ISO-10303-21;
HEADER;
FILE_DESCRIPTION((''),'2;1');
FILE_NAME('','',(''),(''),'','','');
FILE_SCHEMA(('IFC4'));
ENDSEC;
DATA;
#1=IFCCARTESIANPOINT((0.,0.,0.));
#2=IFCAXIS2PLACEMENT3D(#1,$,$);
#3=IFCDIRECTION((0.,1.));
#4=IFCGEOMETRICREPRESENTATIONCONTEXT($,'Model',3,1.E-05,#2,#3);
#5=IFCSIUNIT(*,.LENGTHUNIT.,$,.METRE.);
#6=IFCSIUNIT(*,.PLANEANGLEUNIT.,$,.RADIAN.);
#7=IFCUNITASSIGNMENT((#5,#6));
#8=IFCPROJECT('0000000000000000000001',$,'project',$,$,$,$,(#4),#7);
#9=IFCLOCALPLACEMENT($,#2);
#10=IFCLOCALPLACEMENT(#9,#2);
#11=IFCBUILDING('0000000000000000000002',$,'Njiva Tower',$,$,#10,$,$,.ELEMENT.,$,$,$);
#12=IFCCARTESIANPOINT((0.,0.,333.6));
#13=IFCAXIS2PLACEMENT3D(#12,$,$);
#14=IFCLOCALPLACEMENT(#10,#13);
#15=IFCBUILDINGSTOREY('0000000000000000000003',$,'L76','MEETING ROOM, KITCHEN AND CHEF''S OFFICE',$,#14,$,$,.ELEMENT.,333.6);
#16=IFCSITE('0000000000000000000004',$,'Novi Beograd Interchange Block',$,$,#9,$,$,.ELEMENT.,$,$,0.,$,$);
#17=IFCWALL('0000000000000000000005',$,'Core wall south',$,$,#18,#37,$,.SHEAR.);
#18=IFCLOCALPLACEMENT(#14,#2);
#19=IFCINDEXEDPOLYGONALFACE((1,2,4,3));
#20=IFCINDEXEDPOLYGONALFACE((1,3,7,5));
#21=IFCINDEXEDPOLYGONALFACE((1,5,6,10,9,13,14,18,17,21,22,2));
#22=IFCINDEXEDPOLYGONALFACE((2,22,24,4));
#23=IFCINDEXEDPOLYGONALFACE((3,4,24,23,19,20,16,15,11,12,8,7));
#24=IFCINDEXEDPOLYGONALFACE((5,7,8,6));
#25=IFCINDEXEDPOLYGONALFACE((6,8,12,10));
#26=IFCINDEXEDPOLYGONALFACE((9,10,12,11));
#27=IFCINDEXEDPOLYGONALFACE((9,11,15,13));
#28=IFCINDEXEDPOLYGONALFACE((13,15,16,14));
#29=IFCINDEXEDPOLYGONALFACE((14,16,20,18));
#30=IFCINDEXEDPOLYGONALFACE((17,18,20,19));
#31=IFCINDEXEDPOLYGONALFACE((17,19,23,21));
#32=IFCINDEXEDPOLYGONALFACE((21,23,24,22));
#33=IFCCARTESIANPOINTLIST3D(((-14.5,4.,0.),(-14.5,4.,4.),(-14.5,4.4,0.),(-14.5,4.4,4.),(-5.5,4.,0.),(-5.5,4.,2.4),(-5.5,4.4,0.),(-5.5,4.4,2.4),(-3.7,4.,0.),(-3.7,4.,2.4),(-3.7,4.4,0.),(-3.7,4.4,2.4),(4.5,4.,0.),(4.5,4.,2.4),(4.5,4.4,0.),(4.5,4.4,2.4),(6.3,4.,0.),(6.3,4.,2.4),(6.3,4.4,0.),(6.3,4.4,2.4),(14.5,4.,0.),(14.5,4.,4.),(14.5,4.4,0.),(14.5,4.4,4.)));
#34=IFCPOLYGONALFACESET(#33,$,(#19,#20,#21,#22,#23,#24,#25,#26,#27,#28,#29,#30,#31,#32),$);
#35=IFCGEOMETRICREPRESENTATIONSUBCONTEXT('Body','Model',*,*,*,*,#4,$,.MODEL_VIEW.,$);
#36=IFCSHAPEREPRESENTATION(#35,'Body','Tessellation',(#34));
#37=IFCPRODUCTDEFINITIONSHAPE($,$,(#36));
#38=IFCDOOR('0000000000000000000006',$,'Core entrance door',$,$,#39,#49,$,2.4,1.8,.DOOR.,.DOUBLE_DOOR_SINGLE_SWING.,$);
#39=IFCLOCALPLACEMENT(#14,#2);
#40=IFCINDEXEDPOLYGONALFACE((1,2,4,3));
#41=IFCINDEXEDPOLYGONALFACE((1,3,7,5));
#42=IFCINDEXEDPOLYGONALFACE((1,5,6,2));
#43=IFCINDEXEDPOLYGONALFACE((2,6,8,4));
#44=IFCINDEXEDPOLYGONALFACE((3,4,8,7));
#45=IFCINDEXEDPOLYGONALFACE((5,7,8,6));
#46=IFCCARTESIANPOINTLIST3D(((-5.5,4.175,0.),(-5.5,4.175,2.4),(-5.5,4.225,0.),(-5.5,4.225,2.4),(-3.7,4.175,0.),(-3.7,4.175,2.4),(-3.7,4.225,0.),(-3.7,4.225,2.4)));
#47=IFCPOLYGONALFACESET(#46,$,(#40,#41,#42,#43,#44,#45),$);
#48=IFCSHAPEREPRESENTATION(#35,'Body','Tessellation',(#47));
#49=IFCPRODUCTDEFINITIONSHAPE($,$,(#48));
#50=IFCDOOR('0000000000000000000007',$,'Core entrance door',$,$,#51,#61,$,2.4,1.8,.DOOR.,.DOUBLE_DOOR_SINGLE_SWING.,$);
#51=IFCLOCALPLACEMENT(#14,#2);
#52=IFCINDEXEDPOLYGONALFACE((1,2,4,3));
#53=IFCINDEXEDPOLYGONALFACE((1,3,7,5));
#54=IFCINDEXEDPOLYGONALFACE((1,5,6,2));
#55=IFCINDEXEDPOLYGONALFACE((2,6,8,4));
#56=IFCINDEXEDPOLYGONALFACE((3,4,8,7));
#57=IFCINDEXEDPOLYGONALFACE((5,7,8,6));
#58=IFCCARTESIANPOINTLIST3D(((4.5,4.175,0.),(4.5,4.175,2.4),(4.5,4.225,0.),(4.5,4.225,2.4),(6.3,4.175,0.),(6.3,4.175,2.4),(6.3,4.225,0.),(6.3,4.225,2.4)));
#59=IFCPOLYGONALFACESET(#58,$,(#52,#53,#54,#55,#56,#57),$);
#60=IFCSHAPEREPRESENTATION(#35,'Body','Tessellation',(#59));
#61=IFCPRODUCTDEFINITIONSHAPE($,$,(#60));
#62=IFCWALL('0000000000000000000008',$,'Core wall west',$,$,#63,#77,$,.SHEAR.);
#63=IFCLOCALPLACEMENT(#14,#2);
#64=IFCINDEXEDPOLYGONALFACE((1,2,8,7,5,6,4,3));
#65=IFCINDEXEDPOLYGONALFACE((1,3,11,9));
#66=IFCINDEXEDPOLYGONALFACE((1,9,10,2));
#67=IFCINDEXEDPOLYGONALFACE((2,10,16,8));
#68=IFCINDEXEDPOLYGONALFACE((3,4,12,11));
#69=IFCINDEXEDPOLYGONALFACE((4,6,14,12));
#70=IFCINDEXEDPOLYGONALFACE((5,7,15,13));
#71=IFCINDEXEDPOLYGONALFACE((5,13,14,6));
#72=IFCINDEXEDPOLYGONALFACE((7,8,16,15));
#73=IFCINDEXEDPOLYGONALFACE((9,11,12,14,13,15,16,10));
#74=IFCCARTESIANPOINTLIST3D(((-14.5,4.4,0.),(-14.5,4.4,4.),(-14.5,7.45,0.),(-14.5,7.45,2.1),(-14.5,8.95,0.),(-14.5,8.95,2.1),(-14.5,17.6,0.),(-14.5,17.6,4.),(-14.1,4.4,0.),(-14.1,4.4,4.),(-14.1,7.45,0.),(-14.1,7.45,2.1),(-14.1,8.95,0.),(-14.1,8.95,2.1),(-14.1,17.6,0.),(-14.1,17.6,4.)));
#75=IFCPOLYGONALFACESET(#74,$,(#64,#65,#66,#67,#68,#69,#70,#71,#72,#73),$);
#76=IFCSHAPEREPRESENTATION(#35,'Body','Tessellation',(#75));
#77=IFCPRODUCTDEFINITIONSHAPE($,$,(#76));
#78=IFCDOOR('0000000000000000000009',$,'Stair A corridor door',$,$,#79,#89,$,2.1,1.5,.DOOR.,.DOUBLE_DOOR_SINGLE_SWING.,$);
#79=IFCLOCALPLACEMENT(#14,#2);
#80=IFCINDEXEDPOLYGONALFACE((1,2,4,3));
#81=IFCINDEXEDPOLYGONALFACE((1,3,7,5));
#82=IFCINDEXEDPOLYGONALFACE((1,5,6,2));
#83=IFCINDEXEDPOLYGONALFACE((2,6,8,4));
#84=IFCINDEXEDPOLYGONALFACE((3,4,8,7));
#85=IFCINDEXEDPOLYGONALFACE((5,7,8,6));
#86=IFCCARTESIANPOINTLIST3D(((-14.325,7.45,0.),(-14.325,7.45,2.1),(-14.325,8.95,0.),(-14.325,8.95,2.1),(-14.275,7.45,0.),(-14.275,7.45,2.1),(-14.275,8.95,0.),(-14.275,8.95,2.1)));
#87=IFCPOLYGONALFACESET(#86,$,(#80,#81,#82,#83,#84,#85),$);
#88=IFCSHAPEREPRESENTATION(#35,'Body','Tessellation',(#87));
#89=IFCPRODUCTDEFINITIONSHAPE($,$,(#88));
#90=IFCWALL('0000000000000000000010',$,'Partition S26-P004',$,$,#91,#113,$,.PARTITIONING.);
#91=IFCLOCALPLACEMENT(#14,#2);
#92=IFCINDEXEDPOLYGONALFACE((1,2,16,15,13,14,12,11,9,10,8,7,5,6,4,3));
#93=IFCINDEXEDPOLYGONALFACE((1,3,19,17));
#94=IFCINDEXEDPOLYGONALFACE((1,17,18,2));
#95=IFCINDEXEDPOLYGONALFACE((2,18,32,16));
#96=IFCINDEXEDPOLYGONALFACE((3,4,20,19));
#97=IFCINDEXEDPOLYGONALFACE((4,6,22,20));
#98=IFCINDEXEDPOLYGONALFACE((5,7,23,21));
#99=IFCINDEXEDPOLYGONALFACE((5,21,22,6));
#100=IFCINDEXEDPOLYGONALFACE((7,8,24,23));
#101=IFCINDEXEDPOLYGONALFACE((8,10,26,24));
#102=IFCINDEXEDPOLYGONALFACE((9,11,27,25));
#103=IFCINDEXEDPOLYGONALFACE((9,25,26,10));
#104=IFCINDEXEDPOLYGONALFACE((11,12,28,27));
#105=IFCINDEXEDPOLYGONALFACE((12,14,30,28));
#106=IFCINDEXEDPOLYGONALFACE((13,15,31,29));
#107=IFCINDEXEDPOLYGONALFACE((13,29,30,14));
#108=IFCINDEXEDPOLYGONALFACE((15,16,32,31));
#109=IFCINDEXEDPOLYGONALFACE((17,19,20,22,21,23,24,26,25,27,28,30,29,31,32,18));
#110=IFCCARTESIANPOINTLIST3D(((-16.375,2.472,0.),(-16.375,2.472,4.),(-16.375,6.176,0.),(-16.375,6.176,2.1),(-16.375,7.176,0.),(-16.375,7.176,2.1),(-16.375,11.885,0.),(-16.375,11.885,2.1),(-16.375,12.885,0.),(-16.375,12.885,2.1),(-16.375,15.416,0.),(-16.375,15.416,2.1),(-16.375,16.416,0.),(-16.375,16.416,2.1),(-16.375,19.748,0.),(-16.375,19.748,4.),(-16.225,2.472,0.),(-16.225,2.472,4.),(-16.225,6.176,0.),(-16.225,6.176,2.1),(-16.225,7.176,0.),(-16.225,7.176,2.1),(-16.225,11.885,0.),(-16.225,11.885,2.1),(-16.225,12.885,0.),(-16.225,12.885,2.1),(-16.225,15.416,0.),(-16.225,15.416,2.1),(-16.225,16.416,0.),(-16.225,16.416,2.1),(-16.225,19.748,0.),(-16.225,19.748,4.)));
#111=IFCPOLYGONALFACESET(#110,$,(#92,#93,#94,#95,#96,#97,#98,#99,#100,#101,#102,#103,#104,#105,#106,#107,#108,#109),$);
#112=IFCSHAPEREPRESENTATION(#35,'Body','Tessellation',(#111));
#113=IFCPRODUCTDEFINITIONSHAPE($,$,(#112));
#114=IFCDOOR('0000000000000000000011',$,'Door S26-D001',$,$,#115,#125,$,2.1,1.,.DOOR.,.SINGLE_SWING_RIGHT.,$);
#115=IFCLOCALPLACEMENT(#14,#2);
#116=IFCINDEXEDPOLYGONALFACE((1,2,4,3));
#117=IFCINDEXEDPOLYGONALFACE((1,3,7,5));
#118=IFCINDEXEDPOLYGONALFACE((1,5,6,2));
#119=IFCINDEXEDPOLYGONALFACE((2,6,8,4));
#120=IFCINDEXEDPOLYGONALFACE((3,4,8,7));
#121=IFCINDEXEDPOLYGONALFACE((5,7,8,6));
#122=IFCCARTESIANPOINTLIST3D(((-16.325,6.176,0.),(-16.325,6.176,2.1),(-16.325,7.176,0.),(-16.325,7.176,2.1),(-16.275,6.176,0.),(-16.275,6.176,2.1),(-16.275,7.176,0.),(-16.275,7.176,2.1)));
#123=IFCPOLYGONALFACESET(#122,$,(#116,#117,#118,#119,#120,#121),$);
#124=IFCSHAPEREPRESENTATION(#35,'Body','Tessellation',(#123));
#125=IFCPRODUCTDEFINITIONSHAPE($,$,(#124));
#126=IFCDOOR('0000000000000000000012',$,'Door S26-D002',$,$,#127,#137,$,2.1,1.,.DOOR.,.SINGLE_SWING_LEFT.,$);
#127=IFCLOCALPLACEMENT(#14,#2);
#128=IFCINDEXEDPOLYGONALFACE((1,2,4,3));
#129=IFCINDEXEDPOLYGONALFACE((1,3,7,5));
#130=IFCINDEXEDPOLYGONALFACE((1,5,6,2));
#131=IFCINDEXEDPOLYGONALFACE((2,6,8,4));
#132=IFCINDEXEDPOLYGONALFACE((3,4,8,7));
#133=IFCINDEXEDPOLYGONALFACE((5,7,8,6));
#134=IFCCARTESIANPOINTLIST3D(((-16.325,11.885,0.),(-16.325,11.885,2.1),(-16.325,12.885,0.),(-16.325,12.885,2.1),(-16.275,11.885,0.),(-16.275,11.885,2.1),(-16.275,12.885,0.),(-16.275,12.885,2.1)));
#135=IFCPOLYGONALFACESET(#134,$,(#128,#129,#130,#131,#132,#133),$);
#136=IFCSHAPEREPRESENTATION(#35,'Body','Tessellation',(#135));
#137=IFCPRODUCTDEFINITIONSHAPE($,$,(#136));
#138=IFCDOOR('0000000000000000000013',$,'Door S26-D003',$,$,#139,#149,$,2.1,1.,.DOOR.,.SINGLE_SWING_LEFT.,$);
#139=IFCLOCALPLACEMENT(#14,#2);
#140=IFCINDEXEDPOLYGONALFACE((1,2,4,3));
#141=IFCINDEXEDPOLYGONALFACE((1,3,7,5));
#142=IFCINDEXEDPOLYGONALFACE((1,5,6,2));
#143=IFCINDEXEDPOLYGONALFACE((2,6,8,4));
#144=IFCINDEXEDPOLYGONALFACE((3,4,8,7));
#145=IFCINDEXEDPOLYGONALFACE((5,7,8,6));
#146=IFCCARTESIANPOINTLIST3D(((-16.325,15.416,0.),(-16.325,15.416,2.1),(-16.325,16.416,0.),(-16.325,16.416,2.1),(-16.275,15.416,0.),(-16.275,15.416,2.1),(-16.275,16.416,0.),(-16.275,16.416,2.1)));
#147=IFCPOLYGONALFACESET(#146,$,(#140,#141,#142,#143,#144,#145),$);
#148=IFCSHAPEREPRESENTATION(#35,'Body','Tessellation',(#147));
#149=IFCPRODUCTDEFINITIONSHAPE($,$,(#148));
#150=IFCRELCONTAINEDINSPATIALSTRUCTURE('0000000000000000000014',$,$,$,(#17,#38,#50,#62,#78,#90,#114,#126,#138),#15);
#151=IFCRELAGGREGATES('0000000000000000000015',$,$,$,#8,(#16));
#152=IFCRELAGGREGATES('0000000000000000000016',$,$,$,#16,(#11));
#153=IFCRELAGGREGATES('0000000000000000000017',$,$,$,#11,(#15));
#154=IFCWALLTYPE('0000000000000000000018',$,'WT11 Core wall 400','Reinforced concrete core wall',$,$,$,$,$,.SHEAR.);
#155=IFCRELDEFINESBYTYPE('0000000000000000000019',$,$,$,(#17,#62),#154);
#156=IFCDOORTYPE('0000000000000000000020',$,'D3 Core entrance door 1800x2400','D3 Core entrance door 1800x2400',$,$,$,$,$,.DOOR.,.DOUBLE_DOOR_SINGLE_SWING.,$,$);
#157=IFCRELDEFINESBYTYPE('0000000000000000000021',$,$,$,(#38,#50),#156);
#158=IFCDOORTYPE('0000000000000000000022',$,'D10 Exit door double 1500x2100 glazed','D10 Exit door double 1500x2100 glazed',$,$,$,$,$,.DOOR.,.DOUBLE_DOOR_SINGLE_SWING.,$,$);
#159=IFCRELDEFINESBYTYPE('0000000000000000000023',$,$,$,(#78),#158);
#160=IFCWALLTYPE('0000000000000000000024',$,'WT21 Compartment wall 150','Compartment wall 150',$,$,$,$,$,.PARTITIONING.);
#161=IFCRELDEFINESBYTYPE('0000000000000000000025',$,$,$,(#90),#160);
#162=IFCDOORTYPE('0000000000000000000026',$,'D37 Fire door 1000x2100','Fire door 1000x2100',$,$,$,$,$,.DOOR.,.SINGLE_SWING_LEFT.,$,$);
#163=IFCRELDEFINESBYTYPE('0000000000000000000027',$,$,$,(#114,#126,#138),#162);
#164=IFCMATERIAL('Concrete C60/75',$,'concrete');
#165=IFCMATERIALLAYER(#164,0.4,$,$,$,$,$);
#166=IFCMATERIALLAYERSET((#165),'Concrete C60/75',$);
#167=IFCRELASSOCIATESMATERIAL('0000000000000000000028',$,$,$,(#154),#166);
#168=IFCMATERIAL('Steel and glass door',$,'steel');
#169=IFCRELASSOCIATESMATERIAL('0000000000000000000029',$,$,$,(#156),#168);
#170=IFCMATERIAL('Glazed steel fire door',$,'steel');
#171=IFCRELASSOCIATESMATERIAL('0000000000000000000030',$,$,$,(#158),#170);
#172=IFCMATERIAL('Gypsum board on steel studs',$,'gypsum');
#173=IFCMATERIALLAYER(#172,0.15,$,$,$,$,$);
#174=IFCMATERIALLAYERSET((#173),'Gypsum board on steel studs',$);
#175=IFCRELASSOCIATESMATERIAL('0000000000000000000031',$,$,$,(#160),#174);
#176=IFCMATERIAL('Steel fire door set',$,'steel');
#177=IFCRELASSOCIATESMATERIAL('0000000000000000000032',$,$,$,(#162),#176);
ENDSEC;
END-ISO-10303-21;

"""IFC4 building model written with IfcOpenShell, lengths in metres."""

from ifc_helpers import new_model, si_unit, direction, frame, frame_2d, origin, place, context, subcontext, project, spatial, rectangle, extrude, material, layer, layer_set, type_object, element, fill, save


model = new_model("IFC4")

# Units and contexts
model_context = context("Model", 3, precision=1e-05, world=origin(), true_north=direction((0.0, 1.0)))
body_context = subcontext(model_context, "Body", "Model", "MODEL_VIEW")
ifc_project = project(units=[si_unit("LENGTHUNIT", "METRE"), si_unit("PLANEANGLEUNIT", "RADIAN")], contexts=[model_context])

# Site, building, storey
site_placement = place(None, origin())
site = spatial("IfcSite", under=ifc_project, at=site_placement, Name="Novi Beograd Interchange Block", CompositionType="ELEMENT", RefElevation=0.0)
building_placement = place(site_placement, origin())
building = spatial("IfcBuilding", under=site, at=building_placement, Name="Njiva Tower", CompositionType="ELEMENT")
storey_placement = place(building_placement, frame((0.0, 0.0, 333.6)))
storey = spatial("IfcBuildingStorey", under=building, at=storey_placement, Name="L76", Description="MEETING ROOM, KITCHEN AND CHEF'S OFFICE", CompositionType="ELEMENT", Elevation=333.6)

# Wall, openings, doors
ifc_material_1 = material(Name="Concrete C60/75", Category="concrete")
ifc_layer_1 = layer(ifc_material_1, 0.4)
ifc_layer_set_1 = layer_set([ifc_layer_1], Name="Concrete C60/75")
wall_type_1 = type_object("IfcWallType", Name="WT11 Core wall 400", Description="Reinforced concrete core wall", PredefinedType="SHEAR", material=ifc_layer_set_1)
wall_1_placement = place(storey_placement, frame((-14.5, 4.2, 0.0), z_axis=(0.0, 0.0, 1.0), x_axis=(1.0, 0.0, 0.0)))
wall_1 = element("IfcWall", 1, at=wall_1_placement, inside=storey, type_object=wall_type_1, Name="Core wall south", PredefinedType="SHEAR", context=body_context, shape_type="SweptSolid", body=[
    extrude(rectangle(XDim=29.0, YDim=0.4, at=frame_2d((14.5, 0.0))), origin(), (0.0, 0.0, 1.0), 4.0),
])
opening_1_placement = place(wall_1_placement, frame((9.0, 0.0, 0.0)))
opening_1 = element("IfcOpeningElement", 2, at=opening_1_placement, cuts=wall_1, PredefinedType="OPENING", context=body_context, shape_type="SweptSolid", body=[
    extrude(rectangle(XDim=1.8, YDim=2.4, at=frame_2d((0.9, 1.2))), frame((0.0, 0.21, 0.0), z_axis=(0.0, -1.0, 0.0), x_axis=(1.0, 0.0, 0.0)), (0.0, 0.0, 1.0), 0.42),
])
opening_2_placement = place(wall_1_placement, frame((19.0, 0.0, 0.0)))
opening_2 = element("IfcOpeningElement", 3, at=opening_2_placement, cuts=wall_1, PredefinedType="OPENING", context=body_context, shape_type="SweptSolid", body=[
    extrude(rectangle(XDim=1.8, YDim=2.4, at=frame_2d((0.9, 1.2))), frame((0.0, 0.21, 0.0), z_axis=(0.0, -1.0, 0.0), x_axis=(1.0, 0.0, 0.0)), (0.0, 0.0, 1.0), 0.42),
])
ifc_material_2 = material(Name="Steel and glass door", Category="steel")
door_type_1 = type_object("IfcDoorType", Name="D3 Core entrance door 1800x2400", Description="D3 Core entrance door 1800x2400", OperationType="DOUBLE_DOOR_SINGLE_SWING", PredefinedType="DOOR", material=ifc_material_2)
door_1_placement = place(opening_1_placement, origin())
door_1 = element("IfcDoor", 4, at=door_1_placement, inside=storey, type_object=door_type_1, Name="Core entrance door", OperationType="DOUBLE_DOOR_SINGLE_SWING", OverallHeight=2.4, OverallWidth=1.8, PredefinedType="DOOR", context=body_context, shape_type="SweptSolid", body=[
    extrude(rectangle(XDim=1.8, YDim=2.4, at=frame_2d((0.9, 1.2))), frame((0.0, 0.025, 0.0), z_axis=(0.0, -1.0, 0.0), x_axis=(1.0, 0.0, 0.0)), (0.0, 0.0, 1.0), 0.05),
])
fill(opening_1, door_1)
door_2_placement = place(opening_2_placement, origin())
door_2 = element("IfcDoor", 5, at=door_2_placement, inside=storey, type_object=door_type_1, Name="Core entrance door", OperationType="DOUBLE_DOOR_SINGLE_SWING", OverallHeight=2.4, OverallWidth=1.8, PredefinedType="DOOR", context=body_context, shape_type="SweptSolid", body=[
    extrude(rectangle(XDim=1.8, YDim=2.4, at=frame_2d((0.9, 1.2))), frame((0.0, 0.025, 0.0), z_axis=(0.0, -1.0, 0.0), x_axis=(1.0, 0.0, 0.0)), (0.0, 0.0, 1.0), 0.05),
])
fill(opening_2, door_2)

# Wall, opening, door
wall_2_placement = place(storey_placement, frame((-14.3, 4.4, 0.0), z_axis=(0.0, 0.0, 1.0), x_axis=(0.0, 1.0, 0.0)))
wall_2 = element("IfcWall", 6, at=wall_2_placement, inside=storey, type_object=wall_type_1, Name="Core wall west", PredefinedType="SHEAR", context=body_context, shape_type="SweptSolid", body=[
    extrude(rectangle(XDim=13.2, YDim=0.4, at=frame_2d((6.6, 0.0))), origin(), (0.0, 0.0, 1.0), 4.0),
])
opening_3_placement = place(wall_2_placement, frame((3.05, 0.0, 0.0)))
opening_3 = element("IfcOpeningElement", 7, at=opening_3_placement, cuts=wall_2, PredefinedType="OPENING", context=body_context, shape_type="SweptSolid", body=[
    extrude(rectangle(XDim=1.5, YDim=2.1, at=frame_2d((0.75, 1.05))), frame((0.0, 0.21, 0.0), z_axis=(0.0, -1.0, 0.0), x_axis=(1.0, 0.0, 0.0)), (0.0, 0.0, 1.0), 0.42),
])
ifc_material_3 = material(Name="Glazed steel fire door", Category="steel")
door_type_2 = type_object("IfcDoorType", Name="D10 Exit door double 1500x2100 glazed", Description="D10 Exit door double 1500x2100 glazed", OperationType="DOUBLE_DOOR_SINGLE_SWING", PredefinedType="DOOR", material=ifc_material_3)
door_3_placement = place(opening_3_placement, origin())
door_3 = element("IfcDoor", 8, at=door_3_placement, inside=storey, type_object=door_type_2, Name="Stair A corridor door", OperationType="DOUBLE_DOOR_SINGLE_SWING", OverallHeight=2.1, OverallWidth=1.5, PredefinedType="DOOR", context=body_context, shape_type="SweptSolid", body=[
    extrude(rectangle(XDim=1.5, YDim=2.1, at=frame_2d((0.75, 1.05))), frame((0.0, 0.025, 0.0), z_axis=(0.0, -1.0, 0.0), x_axis=(1.0, 0.0, 0.0)), (0.0, 0.0, 1.0), 0.05),
])
fill(opening_3, door_3)

# Wall, openings, doors
ifc_material_4 = material(Name="Gypsum board on steel studs", Category="gypsum")
ifc_layer_2 = layer(ifc_material_4, 0.15)
ifc_layer_set_2 = layer_set([ifc_layer_2], Name="Gypsum board on steel studs")
wall_type_2 = type_object("IfcWallType", Name="WT21 Compartment wall 150", Description="Compartment wall 150", PredefinedType="PARTITIONING", material=ifc_layer_set_2)
wall_3_placement = place(storey_placement, frame((-16.3, 2.472, 0.0), z_axis=(0.0, 0.0, 1.0), x_axis=(0.0, 1.0, 0.0)))
wall_3 = element("IfcWall", 9, at=wall_3_placement, inside=storey, type_object=wall_type_2, Name="Partition S26-P004", PredefinedType="PARTITIONING", context=body_context, shape_type="SweptSolid", body=[
    extrude(rectangle(XDim=17.276, YDim=0.15, at=frame_2d((8.638, 0.0))), origin(), (0.0, 0.0, 1.0), 4.0),
])
opening_4_placement = place(wall_3_placement, frame((3.704, 0.0, 0.0)))
opening_4 = element("IfcOpeningElement", 10, at=opening_4_placement, cuts=wall_3, PredefinedType="OPENING", context=body_context, shape_type="SweptSolid", body=[
    extrude(rectangle(XDim=1.0, YDim=2.1, at=frame_2d((0.5, 1.05))), frame((0.0, 0.085, 0.0), z_axis=(0.0, -1.0, 0.0), x_axis=(1.0, 0.0, 0.0)), (0.0, 0.0, 1.0), 0.17),
])
opening_5_placement = place(wall_3_placement, frame((9.413, 0.0, 0.0)))
opening_5 = element("IfcOpeningElement", 11, at=opening_5_placement, cuts=wall_3, PredefinedType="OPENING", context=body_context, shape_type="SweptSolid", body=[
    extrude(rectangle(XDim=1.0, YDim=2.1, at=frame_2d((0.5, 1.05))), frame((0.0, 0.085, 0.0), z_axis=(0.0, -1.0, 0.0), x_axis=(1.0, 0.0, 0.0)), (0.0, 0.0, 1.0), 0.17),
])
opening_6_placement = place(wall_3_placement, frame((12.944, 0.0, 0.0)))
opening_6 = element("IfcOpeningElement", 12, at=opening_6_placement, cuts=wall_3, PredefinedType="OPENING", context=body_context, shape_type="SweptSolid", body=[
    extrude(rectangle(XDim=1.0, YDim=2.1, at=frame_2d((0.5, 1.05))), frame((0.0, 0.085, 0.0), z_axis=(0.0, -1.0, 0.0), x_axis=(1.0, 0.0, 0.0)), (0.0, 0.0, 1.0), 0.17),
])
ifc_material_5 = material(Name="Steel fire door set", Category="steel")
door_type_3 = type_object("IfcDoorType", Name="D37 Fire door 1000x2100", Description="Fire door 1000x2100", OperationType="SINGLE_SWING_LEFT", PredefinedType="DOOR", material=ifc_material_5)
door_4_placement = place(opening_4_placement, origin())
door_4 = element("IfcDoor", 13, at=door_4_placement, inside=storey, type_object=door_type_3, Name="Door S26-D001", OperationType="SINGLE_SWING_RIGHT", OverallHeight=2.1, OverallWidth=1.0, PredefinedType="DOOR", context=body_context, shape_type="SweptSolid", body=[
    extrude(rectangle(XDim=1.0, YDim=2.1, at=frame_2d((0.5, 1.05))), frame((0.0, 0.025, 0.0), z_axis=(0.0, -1.0, 0.0), x_axis=(1.0, 0.0, 0.0)), (0.0, 0.0, 1.0), 0.05),
])
fill(opening_4, door_4)
door_5_placement = place(opening_5_placement, origin())
door_5 = element("IfcDoor", 14, at=door_5_placement, inside=storey, type_object=door_type_3, Name="Door S26-D002", OperationType="SINGLE_SWING_LEFT", OverallHeight=2.1, OverallWidth=1.0, PredefinedType="DOOR", context=body_context, shape_type="SweptSolid", body=[
    extrude(rectangle(XDim=1.0, YDim=2.1, at=frame_2d((0.5, 1.05))), frame((0.0, 0.025, 0.0), z_axis=(0.0, -1.0, 0.0), x_axis=(1.0, 0.0, 0.0)), (0.0, 0.0, 1.0), 0.05),
])
fill(opening_5, door_5)
door_6_placement = place(opening_6_placement, origin())
door_6 = element("IfcDoor", 15, at=door_6_placement, inside=storey, type_object=door_type_3, Name="Door S26-D003", OperationType="SINGLE_SWING_LEFT", OverallHeight=2.1, OverallWidth=1.0, PredefinedType="DOOR", context=body_context, shape_type="SweptSolid", body=[
    extrude(rectangle(XDim=1.0, YDim=2.1, at=frame_2d((0.5, 1.05))), frame((0.0, 0.025, 0.0), z_axis=(0.0, -1.0, 0.0), x_axis=(1.0, 0.0, 0.0)), (0.0, 0.0, 1.0), 0.05),
])
fill(opening_6, door_6)

save(model, "model.ifc")
